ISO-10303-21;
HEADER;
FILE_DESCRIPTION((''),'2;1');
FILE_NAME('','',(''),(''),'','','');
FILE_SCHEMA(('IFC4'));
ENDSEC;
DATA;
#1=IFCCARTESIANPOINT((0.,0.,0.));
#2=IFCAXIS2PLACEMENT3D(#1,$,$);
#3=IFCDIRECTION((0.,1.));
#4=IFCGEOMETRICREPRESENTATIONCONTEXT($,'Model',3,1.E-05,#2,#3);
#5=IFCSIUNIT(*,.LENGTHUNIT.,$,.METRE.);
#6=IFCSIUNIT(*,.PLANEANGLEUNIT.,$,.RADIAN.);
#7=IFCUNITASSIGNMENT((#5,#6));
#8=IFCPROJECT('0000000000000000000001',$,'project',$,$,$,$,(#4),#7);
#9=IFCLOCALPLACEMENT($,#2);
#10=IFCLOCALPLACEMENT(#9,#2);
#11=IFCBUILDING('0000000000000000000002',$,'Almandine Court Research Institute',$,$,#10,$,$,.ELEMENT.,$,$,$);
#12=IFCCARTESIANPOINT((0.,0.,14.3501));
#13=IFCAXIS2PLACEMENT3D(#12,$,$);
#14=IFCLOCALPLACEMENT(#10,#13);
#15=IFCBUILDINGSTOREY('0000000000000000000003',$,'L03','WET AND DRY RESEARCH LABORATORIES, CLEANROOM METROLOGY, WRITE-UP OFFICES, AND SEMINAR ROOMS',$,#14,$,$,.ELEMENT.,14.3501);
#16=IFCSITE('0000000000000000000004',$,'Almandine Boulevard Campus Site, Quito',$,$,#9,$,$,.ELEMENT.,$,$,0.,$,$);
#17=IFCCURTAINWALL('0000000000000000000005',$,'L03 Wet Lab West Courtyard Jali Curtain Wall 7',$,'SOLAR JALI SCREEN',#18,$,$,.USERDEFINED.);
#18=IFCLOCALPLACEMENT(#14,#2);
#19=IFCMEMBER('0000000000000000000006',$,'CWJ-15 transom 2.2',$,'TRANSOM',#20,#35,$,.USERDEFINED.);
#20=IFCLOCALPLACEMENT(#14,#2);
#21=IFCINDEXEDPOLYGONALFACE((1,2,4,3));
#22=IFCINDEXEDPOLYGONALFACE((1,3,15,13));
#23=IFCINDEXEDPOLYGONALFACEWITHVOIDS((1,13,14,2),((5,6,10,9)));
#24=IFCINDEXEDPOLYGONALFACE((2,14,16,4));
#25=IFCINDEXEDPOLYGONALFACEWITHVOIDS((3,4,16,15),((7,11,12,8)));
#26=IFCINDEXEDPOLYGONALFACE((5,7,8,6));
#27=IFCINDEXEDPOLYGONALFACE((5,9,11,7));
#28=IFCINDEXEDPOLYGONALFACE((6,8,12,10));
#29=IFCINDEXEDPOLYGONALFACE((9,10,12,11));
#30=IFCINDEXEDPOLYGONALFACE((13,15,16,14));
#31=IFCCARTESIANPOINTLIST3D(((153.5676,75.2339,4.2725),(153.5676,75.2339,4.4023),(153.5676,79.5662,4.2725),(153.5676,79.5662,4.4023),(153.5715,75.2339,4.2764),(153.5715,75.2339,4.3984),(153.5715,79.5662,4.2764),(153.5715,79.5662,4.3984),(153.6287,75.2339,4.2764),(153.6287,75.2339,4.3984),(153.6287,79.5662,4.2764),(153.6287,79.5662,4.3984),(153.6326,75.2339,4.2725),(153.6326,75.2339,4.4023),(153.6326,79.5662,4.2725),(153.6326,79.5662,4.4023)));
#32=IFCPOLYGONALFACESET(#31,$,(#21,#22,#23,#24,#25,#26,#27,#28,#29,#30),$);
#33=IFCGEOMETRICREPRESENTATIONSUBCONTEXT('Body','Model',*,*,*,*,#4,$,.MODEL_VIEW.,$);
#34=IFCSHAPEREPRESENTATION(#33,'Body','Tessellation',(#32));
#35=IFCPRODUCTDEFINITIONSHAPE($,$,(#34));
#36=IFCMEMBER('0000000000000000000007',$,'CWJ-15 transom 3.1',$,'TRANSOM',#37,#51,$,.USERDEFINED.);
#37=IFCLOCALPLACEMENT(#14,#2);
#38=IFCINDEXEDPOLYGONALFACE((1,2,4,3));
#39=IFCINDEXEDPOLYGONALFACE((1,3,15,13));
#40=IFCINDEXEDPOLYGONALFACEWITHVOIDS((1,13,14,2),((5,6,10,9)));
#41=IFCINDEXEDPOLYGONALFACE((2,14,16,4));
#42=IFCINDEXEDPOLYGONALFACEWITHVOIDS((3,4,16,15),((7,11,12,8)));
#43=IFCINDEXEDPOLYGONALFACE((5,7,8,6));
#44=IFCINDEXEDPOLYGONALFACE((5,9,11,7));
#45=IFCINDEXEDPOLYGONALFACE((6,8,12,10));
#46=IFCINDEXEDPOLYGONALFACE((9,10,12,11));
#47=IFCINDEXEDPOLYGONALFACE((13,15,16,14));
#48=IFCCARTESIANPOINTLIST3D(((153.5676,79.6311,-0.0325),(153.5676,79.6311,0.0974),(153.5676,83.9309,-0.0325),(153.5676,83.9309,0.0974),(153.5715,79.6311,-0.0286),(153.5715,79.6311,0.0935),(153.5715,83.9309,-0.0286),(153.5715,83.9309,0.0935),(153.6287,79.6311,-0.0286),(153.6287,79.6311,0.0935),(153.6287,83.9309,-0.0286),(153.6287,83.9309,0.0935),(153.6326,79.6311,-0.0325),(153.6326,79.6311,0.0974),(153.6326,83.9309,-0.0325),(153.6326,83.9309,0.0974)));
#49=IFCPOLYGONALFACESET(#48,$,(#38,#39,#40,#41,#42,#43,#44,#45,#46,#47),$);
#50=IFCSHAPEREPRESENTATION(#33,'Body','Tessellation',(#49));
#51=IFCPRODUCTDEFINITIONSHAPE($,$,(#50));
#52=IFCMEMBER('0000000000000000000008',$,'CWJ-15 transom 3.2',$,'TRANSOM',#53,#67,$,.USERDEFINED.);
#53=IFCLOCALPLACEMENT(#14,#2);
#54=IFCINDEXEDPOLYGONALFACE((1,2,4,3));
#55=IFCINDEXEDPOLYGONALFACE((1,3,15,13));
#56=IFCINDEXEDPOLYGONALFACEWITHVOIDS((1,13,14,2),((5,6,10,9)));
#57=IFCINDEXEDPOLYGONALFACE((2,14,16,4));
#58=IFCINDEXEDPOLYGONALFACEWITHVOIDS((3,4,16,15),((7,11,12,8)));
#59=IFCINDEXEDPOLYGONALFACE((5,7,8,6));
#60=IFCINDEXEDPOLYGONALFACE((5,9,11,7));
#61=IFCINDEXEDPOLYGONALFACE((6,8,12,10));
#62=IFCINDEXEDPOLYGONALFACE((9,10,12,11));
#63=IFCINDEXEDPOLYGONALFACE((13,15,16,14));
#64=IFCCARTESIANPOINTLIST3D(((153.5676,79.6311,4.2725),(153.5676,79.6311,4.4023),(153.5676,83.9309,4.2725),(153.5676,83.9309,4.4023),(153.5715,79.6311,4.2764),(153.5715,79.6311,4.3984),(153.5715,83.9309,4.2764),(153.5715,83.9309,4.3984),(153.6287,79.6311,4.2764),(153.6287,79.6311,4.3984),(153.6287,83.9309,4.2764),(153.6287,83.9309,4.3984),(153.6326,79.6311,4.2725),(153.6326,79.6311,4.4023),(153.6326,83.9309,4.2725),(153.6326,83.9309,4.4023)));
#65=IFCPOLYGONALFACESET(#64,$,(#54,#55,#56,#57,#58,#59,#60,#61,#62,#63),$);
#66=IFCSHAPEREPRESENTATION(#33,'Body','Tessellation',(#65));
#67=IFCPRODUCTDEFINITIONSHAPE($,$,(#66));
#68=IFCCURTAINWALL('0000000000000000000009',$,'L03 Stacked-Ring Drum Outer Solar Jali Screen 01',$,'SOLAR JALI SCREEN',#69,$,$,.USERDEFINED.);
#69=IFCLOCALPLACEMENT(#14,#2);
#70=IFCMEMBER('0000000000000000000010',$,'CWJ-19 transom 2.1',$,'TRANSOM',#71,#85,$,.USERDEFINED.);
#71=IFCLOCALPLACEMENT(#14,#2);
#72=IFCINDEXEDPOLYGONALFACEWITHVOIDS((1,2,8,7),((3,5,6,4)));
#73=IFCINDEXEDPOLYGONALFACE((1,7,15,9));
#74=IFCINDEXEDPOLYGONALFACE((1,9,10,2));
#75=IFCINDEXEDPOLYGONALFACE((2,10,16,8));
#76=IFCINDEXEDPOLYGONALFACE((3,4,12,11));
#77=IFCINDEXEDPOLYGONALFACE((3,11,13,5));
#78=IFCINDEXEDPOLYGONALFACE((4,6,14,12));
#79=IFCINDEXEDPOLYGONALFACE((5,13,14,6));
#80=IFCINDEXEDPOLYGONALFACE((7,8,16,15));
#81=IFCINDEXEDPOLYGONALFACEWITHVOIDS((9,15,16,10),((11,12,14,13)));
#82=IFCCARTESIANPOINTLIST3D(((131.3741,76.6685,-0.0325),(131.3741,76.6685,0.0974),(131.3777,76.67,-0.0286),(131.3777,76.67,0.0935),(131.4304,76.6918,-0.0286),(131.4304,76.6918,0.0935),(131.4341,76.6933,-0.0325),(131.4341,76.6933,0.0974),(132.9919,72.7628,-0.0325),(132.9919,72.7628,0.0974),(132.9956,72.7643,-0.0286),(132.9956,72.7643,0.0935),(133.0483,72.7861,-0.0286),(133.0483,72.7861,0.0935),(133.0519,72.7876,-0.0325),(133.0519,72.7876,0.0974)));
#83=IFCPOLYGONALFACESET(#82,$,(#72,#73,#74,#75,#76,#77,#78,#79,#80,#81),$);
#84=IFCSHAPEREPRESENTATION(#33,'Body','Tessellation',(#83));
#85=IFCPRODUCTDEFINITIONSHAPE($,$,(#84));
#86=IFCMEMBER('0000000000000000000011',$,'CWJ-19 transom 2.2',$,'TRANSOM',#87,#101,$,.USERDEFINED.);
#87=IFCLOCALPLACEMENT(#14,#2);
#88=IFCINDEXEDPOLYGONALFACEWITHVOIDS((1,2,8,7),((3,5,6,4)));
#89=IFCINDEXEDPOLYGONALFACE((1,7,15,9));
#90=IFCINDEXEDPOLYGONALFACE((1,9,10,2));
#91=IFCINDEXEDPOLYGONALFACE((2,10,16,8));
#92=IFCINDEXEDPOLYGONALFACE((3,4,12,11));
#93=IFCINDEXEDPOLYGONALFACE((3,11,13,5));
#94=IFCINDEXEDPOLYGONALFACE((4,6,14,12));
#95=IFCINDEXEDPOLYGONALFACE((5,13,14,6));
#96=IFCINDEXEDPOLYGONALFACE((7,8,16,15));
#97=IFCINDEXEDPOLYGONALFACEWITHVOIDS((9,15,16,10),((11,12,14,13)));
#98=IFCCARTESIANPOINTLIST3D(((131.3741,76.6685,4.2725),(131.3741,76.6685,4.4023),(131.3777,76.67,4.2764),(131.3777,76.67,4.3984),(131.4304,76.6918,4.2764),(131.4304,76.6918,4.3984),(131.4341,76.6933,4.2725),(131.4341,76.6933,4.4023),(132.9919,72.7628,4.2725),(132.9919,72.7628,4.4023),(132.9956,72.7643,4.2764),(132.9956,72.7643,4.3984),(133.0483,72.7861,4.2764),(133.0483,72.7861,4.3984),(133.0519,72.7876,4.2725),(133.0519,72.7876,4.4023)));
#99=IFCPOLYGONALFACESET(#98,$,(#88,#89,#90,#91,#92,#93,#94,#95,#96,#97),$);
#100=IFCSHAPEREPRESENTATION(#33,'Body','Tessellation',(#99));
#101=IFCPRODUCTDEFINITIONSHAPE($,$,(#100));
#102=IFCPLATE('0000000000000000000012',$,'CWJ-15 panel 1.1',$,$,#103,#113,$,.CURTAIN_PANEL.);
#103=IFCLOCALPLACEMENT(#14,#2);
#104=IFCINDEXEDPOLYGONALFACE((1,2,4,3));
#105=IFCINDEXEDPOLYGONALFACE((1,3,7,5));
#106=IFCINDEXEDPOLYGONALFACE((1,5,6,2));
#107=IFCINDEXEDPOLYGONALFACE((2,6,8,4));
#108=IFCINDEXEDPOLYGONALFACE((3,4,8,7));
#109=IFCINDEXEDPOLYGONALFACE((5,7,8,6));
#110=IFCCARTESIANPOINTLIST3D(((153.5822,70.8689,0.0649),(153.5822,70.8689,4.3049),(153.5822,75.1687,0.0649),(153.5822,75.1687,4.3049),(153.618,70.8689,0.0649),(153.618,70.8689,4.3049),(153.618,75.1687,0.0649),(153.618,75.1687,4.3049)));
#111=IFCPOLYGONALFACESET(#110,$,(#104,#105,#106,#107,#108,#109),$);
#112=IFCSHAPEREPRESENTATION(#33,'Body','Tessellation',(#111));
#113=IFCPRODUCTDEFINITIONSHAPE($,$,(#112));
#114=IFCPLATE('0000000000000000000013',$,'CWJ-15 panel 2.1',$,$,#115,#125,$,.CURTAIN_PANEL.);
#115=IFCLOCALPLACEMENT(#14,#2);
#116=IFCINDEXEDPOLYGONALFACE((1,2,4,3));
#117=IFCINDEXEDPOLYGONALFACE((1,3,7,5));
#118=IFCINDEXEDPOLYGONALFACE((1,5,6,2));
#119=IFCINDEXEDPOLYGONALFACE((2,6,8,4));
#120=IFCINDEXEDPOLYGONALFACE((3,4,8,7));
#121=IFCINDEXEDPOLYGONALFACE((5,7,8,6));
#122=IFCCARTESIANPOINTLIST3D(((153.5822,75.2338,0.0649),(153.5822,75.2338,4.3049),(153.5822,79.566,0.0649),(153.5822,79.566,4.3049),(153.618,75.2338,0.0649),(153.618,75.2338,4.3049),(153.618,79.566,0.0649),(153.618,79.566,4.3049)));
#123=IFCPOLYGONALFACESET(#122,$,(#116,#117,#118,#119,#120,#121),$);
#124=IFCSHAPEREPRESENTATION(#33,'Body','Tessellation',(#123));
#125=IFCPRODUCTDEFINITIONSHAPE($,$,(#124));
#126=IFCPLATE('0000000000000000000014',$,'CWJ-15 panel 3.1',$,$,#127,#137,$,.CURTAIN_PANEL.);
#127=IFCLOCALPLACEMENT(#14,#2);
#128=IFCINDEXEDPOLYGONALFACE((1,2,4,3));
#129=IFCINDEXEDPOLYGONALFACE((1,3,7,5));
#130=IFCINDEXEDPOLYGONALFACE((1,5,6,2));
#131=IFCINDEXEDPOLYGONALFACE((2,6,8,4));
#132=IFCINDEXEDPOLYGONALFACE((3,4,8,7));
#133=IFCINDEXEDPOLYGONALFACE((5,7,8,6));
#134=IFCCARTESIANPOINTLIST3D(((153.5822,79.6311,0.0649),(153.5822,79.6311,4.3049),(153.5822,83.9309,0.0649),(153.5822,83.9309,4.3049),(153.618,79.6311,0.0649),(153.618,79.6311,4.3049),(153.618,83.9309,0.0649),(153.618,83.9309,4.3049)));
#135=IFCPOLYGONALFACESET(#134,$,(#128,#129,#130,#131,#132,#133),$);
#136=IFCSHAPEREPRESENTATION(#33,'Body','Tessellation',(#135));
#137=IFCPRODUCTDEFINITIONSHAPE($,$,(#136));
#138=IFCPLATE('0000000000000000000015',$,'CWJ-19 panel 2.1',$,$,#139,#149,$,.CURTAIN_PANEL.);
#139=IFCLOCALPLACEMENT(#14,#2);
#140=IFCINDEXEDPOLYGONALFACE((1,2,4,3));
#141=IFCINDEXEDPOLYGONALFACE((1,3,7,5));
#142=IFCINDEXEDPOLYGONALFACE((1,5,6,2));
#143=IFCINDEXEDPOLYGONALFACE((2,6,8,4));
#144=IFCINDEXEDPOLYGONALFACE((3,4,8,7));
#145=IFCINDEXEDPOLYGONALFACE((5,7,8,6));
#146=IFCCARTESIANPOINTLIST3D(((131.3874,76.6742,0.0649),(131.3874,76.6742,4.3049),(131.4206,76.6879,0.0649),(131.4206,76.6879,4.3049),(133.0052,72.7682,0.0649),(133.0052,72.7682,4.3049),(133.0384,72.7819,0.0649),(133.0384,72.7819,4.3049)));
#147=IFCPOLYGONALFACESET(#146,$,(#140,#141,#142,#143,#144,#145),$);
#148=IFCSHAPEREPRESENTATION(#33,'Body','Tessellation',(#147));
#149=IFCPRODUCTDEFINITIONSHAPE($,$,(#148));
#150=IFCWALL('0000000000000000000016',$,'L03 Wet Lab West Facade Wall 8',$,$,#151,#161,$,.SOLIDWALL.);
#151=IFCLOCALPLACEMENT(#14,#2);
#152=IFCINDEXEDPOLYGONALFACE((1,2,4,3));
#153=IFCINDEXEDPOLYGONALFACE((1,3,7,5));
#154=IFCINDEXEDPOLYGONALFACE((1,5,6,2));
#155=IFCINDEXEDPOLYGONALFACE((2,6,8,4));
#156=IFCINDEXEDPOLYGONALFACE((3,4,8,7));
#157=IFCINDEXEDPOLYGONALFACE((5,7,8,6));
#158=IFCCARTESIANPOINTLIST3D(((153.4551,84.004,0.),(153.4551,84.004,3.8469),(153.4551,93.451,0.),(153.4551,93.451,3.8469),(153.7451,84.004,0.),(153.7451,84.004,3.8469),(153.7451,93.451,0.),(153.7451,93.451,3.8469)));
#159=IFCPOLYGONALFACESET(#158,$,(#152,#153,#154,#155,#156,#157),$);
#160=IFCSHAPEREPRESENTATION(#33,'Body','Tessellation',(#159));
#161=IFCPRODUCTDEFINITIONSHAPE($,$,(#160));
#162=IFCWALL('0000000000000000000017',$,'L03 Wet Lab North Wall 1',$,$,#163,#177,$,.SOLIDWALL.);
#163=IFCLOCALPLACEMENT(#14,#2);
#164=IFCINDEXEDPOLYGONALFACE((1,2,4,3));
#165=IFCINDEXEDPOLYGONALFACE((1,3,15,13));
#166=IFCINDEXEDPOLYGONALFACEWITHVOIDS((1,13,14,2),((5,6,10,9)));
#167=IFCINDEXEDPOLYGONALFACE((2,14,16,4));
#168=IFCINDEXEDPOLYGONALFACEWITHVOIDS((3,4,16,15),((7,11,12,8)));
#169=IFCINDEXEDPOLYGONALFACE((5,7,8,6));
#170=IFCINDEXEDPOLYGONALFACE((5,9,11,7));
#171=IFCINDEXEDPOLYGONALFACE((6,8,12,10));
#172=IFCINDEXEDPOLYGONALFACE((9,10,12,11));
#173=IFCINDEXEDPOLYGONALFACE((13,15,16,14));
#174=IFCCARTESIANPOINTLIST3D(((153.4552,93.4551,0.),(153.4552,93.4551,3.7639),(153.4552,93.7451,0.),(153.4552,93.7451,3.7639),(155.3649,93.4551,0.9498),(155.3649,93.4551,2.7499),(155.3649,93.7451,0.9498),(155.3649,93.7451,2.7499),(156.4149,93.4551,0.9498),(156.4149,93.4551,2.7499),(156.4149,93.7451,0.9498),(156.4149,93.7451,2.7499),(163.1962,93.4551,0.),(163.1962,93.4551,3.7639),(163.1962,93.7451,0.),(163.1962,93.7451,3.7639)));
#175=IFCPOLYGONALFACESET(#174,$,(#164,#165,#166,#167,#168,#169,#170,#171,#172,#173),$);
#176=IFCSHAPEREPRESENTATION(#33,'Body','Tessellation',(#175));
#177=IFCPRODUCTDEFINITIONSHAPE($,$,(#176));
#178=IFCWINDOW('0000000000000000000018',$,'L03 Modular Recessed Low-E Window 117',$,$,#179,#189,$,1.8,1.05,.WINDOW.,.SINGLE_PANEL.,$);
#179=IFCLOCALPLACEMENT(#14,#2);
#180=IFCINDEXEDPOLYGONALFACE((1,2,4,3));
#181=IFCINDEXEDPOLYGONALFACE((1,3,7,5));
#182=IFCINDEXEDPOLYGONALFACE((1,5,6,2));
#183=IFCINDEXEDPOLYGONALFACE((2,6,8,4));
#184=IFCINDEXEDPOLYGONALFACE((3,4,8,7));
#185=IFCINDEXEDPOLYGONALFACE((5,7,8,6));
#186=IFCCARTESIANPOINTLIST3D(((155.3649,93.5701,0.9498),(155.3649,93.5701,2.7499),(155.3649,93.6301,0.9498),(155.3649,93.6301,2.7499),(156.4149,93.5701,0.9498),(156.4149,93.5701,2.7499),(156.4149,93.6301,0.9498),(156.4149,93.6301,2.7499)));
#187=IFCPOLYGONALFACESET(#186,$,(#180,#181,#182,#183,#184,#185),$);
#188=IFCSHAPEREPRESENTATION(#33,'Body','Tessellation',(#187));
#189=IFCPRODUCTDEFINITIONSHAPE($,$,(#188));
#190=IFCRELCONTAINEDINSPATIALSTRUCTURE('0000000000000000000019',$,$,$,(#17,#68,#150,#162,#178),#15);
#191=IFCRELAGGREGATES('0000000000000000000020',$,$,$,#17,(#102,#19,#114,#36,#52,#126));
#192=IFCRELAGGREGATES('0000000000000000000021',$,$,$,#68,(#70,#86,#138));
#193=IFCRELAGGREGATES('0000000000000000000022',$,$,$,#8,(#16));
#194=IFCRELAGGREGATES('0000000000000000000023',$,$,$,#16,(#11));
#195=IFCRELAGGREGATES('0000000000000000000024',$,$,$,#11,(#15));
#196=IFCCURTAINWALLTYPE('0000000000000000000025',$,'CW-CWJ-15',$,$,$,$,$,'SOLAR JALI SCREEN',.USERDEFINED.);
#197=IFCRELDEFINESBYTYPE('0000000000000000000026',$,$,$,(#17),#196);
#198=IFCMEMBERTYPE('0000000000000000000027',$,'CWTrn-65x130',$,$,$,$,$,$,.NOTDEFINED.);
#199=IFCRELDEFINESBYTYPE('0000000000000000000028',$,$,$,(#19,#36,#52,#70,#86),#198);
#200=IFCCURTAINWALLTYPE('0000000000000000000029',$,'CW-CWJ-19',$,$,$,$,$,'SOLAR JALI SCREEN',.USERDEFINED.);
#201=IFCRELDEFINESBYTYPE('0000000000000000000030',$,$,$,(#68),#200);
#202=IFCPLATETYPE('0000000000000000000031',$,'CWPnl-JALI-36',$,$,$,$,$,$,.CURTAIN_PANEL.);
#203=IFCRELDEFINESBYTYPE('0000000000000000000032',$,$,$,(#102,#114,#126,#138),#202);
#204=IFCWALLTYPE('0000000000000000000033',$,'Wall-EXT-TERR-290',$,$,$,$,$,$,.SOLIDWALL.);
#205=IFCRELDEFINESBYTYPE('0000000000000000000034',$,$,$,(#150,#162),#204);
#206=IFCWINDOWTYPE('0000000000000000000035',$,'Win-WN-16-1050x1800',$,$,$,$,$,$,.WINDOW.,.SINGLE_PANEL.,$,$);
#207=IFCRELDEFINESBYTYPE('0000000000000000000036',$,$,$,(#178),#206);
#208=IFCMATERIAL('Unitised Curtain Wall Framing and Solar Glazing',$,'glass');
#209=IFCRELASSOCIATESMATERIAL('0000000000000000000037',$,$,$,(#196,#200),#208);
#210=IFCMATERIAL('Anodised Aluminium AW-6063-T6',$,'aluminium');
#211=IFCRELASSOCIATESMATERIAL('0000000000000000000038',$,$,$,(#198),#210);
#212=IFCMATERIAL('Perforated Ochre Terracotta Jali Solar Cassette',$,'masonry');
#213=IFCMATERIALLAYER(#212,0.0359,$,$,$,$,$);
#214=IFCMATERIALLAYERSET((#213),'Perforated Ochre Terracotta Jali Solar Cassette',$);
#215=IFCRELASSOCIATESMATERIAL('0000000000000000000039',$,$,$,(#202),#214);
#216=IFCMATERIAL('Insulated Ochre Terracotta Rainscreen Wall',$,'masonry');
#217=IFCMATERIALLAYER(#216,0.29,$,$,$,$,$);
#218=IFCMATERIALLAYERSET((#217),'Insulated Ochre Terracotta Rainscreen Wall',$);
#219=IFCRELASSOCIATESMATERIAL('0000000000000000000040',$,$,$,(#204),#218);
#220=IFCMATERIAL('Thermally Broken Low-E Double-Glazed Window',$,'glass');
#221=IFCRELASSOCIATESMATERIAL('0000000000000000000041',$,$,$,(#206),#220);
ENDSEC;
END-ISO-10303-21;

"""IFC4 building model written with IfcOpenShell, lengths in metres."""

from ifc_helpers import new_model, si_unit, direction, frame, frame_2d, origin, origin_2d, place, context, subcontext, project, spatial, rectangle, hollow_rectangle, extrude, material, layer, layer_set, material_profile, profile_set, type_object, element, fill, aggregate, save


model = new_model("IFC4")

# Units and contexts
model_context = context("Model", 3, precision=1e-05, world=origin(), true_north=direction((0.0, 1.0)))
body_context = subcontext(model_context, "Body", "Model", "MODEL_VIEW")
ifc_project = project(units=[si_unit("LENGTHUNIT", "METRE"), si_unit("PLANEANGLEUNIT", "RADIAN")], contexts=[model_context])

# Site, building, storey
site_placement = place(None, origin())
site = spatial("IfcSite", under=ifc_project, at=site_placement, Name="Almandine Boulevard Campus Site, Quito", CompositionType="ELEMENT", RefElevation=0.0)
building_placement = place(site_placement, origin())
building = spatial("IfcBuilding", under=site, at=building_placement, Name="Almandine Court Research Institute", CompositionType="ELEMENT")
storey_placement = place(building_placement, frame((0.0, 0.0, 14.3501)))
storey = spatial("IfcBuildingStorey", under=building, at=storey_placement, Name="L03", Description="WET AND DRY RESEARCH LABORATORIES, CLEANROOM METROLOGY, WRITE-UP OFFICES, AND SEMINAR ROOMS", CompositionType="ELEMENT", Elevation=14.3501)

# Curtain walls, members
ifc_material_1 = material(Name="Unitised Curtain Wall Framing and Solar Glazing", Category="glass")
curtain_wall_type_1 = type_object("IfcCurtainWallType", Name="CW-CWJ-15", ElementType="SOLAR JALI SCREEN", PredefinedType="USERDEFINED", material=ifc_material_1)
curtain_wall_1_placement = place(storey_placement, origin())
curtain_wall_1 = element("IfcCurtainWall", 1, at=curtain_wall_1_placement, inside=storey, type_object=curtain_wall_type_1, Name="L03 Wet Lab West Courtyard Jali Curtain Wall 7", ObjectType="SOLAR JALI SCREEN", PredefinedType="USERDEFINED")
ifc_material_2 = material(Name="Anodised Aluminium AW-6063-T6", Category="aluminium")
ifc_material_profile_1 = material_profile(ifc_material_2, hollow_rectangle(XDim=0.0649, YDim=0.1299, WallThickness=0.0039, at=origin_2d()), Name="ALU RHS 65x130x4")
ifc_profile_set_1 = profile_set([ifc_material_profile_1], Name="Anodised Aluminium AW-6063-T6")
member_type_1 = type_object("IfcMemberType", Name="CWTrn-65x130", PredefinedType="NOTDEFINED", material=ifc_profile_set_1)
member_1_placement = place(storey_placement, frame((153.6001, 75.2339, 4.3374), z_axis=(0.0, 1.0, 0.0), x_axis=(-1.0, 0.0, 0.0)))
member_1 = element("IfcMember", 2, at=member_1_placement, type_object=member_type_1, Name="CWJ-15 transom 2.2", ObjectType="TRANSOM", PredefinedType="USERDEFINED", context=body_context, shape_type="SweptSolid", body=[
    extrude(hollow_rectangle(XDim=0.0649, YDim=0.1299, WallThickness=0.0039, at=origin_2d()), origin(), (0.0, 0.0, 1.0), 4.3323),
])
member_2_placement = place(storey_placement, frame((153.6001, 79.6311, 0.0325), z_axis=(0.0, 1.0, 0.0), x_axis=(-1.0, 0.0, 0.0)))
member_2 = element("IfcMember", 3, at=member_2_placement, type_object=member_type_1, Name="CWJ-15 transom 3.1", ObjectType="TRANSOM", PredefinedType="USERDEFINED", context=body_context, shape_type="SweptSolid", body=[
    extrude(hollow_rectangle(XDim=0.0649, YDim=0.1299, WallThickness=0.0039, at=origin_2d()), origin(), (0.0, 0.0, 1.0), 4.2998),
])
member_3_placement = place(storey_placement, frame((153.6001, 79.6311, 4.3374), z_axis=(0.0, 1.0, 0.0), x_axis=(-1.0, 0.0, 0.0)))
member_3 = element("IfcMember", 4, at=member_3_placement, type_object=member_type_1, Name="CWJ-15 transom 3.2", ObjectType="TRANSOM", PredefinedType="USERDEFINED", context=body_context, shape_type="SweptSolid", body=[
    extrude(hollow_rectangle(XDim=0.0649, YDim=0.1299, WallThickness=0.0039, at=origin_2d()), origin(), (0.0, 0.0, 1.0), 4.2998),
])
curtain_wall_type_2 = type_object("IfcCurtainWallType", Name="CW-CWJ-19", ElementType="SOLAR JALI SCREEN", PredefinedType="USERDEFINED", material=ifc_material_1)
curtain_wall_2_placement = place(storey_placement, origin())
curtain_wall_2 = element("IfcCurtainWall", 5, at=curtain_wall_2_placement, inside=storey, type_object=curtain_wall_type_2, Name="L03 Stacked-Ring Drum Outer Solar Jali Screen 01", ObjectType="SOLAR JALI SCREEN", PredefinedType="USERDEFINED")
member_4_placement = place(storey_placement, frame((131.4041, 76.6809, 0.0325), z_axis=(0.382704, -0.923871, 0.0), x_axis=(0.923871, 0.382704, 0.0)))
member_4 = element("IfcMember", 6, at=member_4_placement, type_object=member_type_1, Name="CWJ-19 transom 2.1", ObjectType="TRANSOM", PredefinedType="USERDEFINED", context=body_context, shape_type="SweptSolid", body=[
    extrude(hollow_rectangle(XDim=0.0649, YDim=0.1299, WallThickness=0.0039, at=origin_2d()), origin(), (0.0, 0.0, 1.0), 4.2275),
])
member_5_placement = place(storey_placement, frame((131.4041, 76.6809, 4.3374), z_axis=(0.382704, -0.923871, 0.0), x_axis=(0.923871, 0.382704, 0.0)))
member_5 = element("IfcMember", 7, at=member_5_placement, type_object=member_type_1, Name="CWJ-19 transom 2.2", ObjectType="TRANSOM", PredefinedType="USERDEFINED", context=body_context, shape_type="SweptSolid", body=[
    extrude(hollow_rectangle(XDim=0.0649, YDim=0.1299, WallThickness=0.0039, at=origin_2d()), origin(), (0.0, 0.0, 1.0), 4.2275),
])

# Plates
ifc_material_3 = material(Name="Perforated Ochre Terracotta Jali Solar Cassette", Category="masonry")
ifc_layer_1 = layer(ifc_material_3, 0.0359)
ifc_layer_set_1 = layer_set([ifc_layer_1], Name="Perforated Ochre Terracotta Jali Solar Cassette")
plate_type = type_object("IfcPlateType", Name="CWPnl-JALI-36", PredefinedType="CURTAIN_PANEL", material=ifc_layer_set_1)
plate_1_placement = place(storey_placement, frame((153.6001, 73.0188, 0.0649), z_axis=(0.0, 0.0, 1.0), x_axis=(0.0, 1.0, 0.0)))
plate_1 = element("IfcPlate", 8, at=plate_1_placement, type_object=plate_type, Name="CWJ-15 panel 1.1", PredefinedType="CURTAIN_PANEL", context=body_context, shape_type="SweptSolid", body=[
    extrude(rectangle(XDim=4.2998, YDim=0.0359, at=origin_2d()), origin(), (0.0, 0.0, 1.0), 4.24),
])
plate_2_placement = place(storey_placement, frame((153.6001, 77.3999, 0.0649), z_axis=(0.0, 0.0, 1.0), x_axis=(0.0, 1.0, 0.0)))
plate_2 = element("IfcPlate", 9, at=plate_2_placement, type_object=plate_type, Name="CWJ-15 panel 2.1", PredefinedType="CURTAIN_PANEL", context=body_context, shape_type="SweptSolid", body=[
    extrude(rectangle(XDim=4.3323, YDim=0.0359, at=origin_2d()), origin(), (0.0, 0.0, 1.0), 4.24),
])
plate_3_placement = place(storey_placement, frame((153.6001, 81.781, 0.0649), z_axis=(0.0, 0.0, 1.0), x_axis=(0.0, 1.0, 0.0)))
plate_3 = element("IfcPlate", 10, at=plate_3_placement, type_object=plate_type, Name="CWJ-15 panel 3.1", PredefinedType="CURTAIN_PANEL", context=body_context, shape_type="SweptSolid", body=[
    extrude(rectangle(XDim=4.2998, YDim=0.0359, at=origin_2d()), origin(), (0.0, 0.0, 1.0), 4.24),
])
aggregate(curtain_wall_1, [plate_1, member_1, plate_2, member_2, member_3, plate_3])
plate_4_placement = place(storey_placement, frame((132.2129, 74.728, 0.0649), z_axis=(0.0, 0.0, 1.0), x_axis=(0.382663, -0.923888, 0.0)))
plate_4 = element("IfcPlate", 11, at=plate_4_placement, type_object=plate_type, Name="CWJ-19 panel 2.1", PredefinedType="CURTAIN_PANEL", context=body_context, shape_type="SweptSolid", body=[
    extrude(rectangle(XDim=4.2278, YDim=0.0359, at=origin_2d()), origin(), (0.0, 0.0, 1.0), 4.24),
])
aggregate(curtain_wall_2, [member_4, member_5, plate_4])

# Wall
ifc_material_4 = material(Name="Insulated Ochre Terracotta Rainscreen Wall", Category="masonry")
ifc_layer_2 = layer(ifc_material_4, 0.29)
ifc_layer_set_2 = layer_set([ifc_layer_2], Name="Insulated Ochre Terracotta Rainscreen Wall")
wall_type_1 = type_object("IfcWallType", Name="Wall-EXT-TERR-290", PredefinedType="SOLIDWALL", material=ifc_layer_set_2)
wall_1_placement = place(storey_placement, frame((153.6001, 84.0039, 0.0), z_axis=(0.0, 0.0, 1.0), x_axis=(0.0, 1.0, 0.0)))
element("IfcWall", 12, at=wall_1_placement, inside=storey, type_object=wall_type_1, Name="L03 Wet Lab West Facade Wall 8", PredefinedType="SOLIDWALL", context=body_context, shape_type="SweptSolid", body=[
    extrude(rectangle(XDim=9.447, YDim=0.29, at=frame_2d((4.7236, 0.0))), origin(), (0.0, 0.0, 1.0), 3.8469),
])

# Wall, opening, window
wall_2_placement = place(storey_placement, frame((153.4551, 93.6001, 0.0), z_axis=(0.0, 0.0, 1.0), x_axis=(1.0, 0.0, 0.0)))
wall_2 = element("IfcWall", 13, at=wall_2_placement, inside=storey, type_object=wall_type_1, Name="L03 Wet Lab North Wall 1", PredefinedType="SOLIDWALL", context=body_context, shape_type="SweptSolid", body=[
    extrude(rectangle(XDim=9.741, YDim=0.29, at=frame_2d((4.8706, 0.0))), origin(), (0.0, 0.0, 1.0), 3.7639),
])
opening_placement = place(wall_2_placement, frame((1.9099, 0.0, 0.95)))
opening = element("IfcOpeningElement", 14, at=opening_placement, cuts=wall_2, PredefinedType="OPENING", context=body_context, shape_type="SweptSolid", body=[
    extrude(rectangle(XDim=1.05, YDim=1.8, at=frame_2d((0.5249, 0.8999))), frame((0.0, 0.155, 0.0), z_axis=(0.0, -1.0, 0.0), x_axis=(1.0, 0.0, 0.0)), (0.0, 0.0, 1.0), 0.3101),
])
ifc_material_5 = material(Name="Thermally Broken Low-E Double-Glazed Window", Category="glass")
window_type = type_object("IfcWindowType", Name="Win-WN-16-1050x1800", PartitioningType="SINGLE_PANEL", PredefinedType="WINDOW", material=ifc_material_5)
window_placement = place(opening_placement, origin())
window = element("IfcWindow", 15, at=window_placement, inside=storey, type_object=window_type, Name="L03 Modular Recessed Low-E Window 117", OverallHeight=1.8, OverallWidth=1.05, PartitioningType="SINGLE_PANEL", PredefinedType="WINDOW", context=body_context, shape_type="SweptSolid", body=[
    extrude(rectangle(XDim=1.05, YDim=1.8, at=frame_2d((0.5249, 0.8999))), frame((0.0, 0.03, 0.0), z_axis=(0.0, -1.0, 0.0), x_axis=(1.0, 0.0, 0.0)), (0.0, 0.0, 1.0), 0.0601),
])
fill(opening, window)

save(model, "model.ifc")
